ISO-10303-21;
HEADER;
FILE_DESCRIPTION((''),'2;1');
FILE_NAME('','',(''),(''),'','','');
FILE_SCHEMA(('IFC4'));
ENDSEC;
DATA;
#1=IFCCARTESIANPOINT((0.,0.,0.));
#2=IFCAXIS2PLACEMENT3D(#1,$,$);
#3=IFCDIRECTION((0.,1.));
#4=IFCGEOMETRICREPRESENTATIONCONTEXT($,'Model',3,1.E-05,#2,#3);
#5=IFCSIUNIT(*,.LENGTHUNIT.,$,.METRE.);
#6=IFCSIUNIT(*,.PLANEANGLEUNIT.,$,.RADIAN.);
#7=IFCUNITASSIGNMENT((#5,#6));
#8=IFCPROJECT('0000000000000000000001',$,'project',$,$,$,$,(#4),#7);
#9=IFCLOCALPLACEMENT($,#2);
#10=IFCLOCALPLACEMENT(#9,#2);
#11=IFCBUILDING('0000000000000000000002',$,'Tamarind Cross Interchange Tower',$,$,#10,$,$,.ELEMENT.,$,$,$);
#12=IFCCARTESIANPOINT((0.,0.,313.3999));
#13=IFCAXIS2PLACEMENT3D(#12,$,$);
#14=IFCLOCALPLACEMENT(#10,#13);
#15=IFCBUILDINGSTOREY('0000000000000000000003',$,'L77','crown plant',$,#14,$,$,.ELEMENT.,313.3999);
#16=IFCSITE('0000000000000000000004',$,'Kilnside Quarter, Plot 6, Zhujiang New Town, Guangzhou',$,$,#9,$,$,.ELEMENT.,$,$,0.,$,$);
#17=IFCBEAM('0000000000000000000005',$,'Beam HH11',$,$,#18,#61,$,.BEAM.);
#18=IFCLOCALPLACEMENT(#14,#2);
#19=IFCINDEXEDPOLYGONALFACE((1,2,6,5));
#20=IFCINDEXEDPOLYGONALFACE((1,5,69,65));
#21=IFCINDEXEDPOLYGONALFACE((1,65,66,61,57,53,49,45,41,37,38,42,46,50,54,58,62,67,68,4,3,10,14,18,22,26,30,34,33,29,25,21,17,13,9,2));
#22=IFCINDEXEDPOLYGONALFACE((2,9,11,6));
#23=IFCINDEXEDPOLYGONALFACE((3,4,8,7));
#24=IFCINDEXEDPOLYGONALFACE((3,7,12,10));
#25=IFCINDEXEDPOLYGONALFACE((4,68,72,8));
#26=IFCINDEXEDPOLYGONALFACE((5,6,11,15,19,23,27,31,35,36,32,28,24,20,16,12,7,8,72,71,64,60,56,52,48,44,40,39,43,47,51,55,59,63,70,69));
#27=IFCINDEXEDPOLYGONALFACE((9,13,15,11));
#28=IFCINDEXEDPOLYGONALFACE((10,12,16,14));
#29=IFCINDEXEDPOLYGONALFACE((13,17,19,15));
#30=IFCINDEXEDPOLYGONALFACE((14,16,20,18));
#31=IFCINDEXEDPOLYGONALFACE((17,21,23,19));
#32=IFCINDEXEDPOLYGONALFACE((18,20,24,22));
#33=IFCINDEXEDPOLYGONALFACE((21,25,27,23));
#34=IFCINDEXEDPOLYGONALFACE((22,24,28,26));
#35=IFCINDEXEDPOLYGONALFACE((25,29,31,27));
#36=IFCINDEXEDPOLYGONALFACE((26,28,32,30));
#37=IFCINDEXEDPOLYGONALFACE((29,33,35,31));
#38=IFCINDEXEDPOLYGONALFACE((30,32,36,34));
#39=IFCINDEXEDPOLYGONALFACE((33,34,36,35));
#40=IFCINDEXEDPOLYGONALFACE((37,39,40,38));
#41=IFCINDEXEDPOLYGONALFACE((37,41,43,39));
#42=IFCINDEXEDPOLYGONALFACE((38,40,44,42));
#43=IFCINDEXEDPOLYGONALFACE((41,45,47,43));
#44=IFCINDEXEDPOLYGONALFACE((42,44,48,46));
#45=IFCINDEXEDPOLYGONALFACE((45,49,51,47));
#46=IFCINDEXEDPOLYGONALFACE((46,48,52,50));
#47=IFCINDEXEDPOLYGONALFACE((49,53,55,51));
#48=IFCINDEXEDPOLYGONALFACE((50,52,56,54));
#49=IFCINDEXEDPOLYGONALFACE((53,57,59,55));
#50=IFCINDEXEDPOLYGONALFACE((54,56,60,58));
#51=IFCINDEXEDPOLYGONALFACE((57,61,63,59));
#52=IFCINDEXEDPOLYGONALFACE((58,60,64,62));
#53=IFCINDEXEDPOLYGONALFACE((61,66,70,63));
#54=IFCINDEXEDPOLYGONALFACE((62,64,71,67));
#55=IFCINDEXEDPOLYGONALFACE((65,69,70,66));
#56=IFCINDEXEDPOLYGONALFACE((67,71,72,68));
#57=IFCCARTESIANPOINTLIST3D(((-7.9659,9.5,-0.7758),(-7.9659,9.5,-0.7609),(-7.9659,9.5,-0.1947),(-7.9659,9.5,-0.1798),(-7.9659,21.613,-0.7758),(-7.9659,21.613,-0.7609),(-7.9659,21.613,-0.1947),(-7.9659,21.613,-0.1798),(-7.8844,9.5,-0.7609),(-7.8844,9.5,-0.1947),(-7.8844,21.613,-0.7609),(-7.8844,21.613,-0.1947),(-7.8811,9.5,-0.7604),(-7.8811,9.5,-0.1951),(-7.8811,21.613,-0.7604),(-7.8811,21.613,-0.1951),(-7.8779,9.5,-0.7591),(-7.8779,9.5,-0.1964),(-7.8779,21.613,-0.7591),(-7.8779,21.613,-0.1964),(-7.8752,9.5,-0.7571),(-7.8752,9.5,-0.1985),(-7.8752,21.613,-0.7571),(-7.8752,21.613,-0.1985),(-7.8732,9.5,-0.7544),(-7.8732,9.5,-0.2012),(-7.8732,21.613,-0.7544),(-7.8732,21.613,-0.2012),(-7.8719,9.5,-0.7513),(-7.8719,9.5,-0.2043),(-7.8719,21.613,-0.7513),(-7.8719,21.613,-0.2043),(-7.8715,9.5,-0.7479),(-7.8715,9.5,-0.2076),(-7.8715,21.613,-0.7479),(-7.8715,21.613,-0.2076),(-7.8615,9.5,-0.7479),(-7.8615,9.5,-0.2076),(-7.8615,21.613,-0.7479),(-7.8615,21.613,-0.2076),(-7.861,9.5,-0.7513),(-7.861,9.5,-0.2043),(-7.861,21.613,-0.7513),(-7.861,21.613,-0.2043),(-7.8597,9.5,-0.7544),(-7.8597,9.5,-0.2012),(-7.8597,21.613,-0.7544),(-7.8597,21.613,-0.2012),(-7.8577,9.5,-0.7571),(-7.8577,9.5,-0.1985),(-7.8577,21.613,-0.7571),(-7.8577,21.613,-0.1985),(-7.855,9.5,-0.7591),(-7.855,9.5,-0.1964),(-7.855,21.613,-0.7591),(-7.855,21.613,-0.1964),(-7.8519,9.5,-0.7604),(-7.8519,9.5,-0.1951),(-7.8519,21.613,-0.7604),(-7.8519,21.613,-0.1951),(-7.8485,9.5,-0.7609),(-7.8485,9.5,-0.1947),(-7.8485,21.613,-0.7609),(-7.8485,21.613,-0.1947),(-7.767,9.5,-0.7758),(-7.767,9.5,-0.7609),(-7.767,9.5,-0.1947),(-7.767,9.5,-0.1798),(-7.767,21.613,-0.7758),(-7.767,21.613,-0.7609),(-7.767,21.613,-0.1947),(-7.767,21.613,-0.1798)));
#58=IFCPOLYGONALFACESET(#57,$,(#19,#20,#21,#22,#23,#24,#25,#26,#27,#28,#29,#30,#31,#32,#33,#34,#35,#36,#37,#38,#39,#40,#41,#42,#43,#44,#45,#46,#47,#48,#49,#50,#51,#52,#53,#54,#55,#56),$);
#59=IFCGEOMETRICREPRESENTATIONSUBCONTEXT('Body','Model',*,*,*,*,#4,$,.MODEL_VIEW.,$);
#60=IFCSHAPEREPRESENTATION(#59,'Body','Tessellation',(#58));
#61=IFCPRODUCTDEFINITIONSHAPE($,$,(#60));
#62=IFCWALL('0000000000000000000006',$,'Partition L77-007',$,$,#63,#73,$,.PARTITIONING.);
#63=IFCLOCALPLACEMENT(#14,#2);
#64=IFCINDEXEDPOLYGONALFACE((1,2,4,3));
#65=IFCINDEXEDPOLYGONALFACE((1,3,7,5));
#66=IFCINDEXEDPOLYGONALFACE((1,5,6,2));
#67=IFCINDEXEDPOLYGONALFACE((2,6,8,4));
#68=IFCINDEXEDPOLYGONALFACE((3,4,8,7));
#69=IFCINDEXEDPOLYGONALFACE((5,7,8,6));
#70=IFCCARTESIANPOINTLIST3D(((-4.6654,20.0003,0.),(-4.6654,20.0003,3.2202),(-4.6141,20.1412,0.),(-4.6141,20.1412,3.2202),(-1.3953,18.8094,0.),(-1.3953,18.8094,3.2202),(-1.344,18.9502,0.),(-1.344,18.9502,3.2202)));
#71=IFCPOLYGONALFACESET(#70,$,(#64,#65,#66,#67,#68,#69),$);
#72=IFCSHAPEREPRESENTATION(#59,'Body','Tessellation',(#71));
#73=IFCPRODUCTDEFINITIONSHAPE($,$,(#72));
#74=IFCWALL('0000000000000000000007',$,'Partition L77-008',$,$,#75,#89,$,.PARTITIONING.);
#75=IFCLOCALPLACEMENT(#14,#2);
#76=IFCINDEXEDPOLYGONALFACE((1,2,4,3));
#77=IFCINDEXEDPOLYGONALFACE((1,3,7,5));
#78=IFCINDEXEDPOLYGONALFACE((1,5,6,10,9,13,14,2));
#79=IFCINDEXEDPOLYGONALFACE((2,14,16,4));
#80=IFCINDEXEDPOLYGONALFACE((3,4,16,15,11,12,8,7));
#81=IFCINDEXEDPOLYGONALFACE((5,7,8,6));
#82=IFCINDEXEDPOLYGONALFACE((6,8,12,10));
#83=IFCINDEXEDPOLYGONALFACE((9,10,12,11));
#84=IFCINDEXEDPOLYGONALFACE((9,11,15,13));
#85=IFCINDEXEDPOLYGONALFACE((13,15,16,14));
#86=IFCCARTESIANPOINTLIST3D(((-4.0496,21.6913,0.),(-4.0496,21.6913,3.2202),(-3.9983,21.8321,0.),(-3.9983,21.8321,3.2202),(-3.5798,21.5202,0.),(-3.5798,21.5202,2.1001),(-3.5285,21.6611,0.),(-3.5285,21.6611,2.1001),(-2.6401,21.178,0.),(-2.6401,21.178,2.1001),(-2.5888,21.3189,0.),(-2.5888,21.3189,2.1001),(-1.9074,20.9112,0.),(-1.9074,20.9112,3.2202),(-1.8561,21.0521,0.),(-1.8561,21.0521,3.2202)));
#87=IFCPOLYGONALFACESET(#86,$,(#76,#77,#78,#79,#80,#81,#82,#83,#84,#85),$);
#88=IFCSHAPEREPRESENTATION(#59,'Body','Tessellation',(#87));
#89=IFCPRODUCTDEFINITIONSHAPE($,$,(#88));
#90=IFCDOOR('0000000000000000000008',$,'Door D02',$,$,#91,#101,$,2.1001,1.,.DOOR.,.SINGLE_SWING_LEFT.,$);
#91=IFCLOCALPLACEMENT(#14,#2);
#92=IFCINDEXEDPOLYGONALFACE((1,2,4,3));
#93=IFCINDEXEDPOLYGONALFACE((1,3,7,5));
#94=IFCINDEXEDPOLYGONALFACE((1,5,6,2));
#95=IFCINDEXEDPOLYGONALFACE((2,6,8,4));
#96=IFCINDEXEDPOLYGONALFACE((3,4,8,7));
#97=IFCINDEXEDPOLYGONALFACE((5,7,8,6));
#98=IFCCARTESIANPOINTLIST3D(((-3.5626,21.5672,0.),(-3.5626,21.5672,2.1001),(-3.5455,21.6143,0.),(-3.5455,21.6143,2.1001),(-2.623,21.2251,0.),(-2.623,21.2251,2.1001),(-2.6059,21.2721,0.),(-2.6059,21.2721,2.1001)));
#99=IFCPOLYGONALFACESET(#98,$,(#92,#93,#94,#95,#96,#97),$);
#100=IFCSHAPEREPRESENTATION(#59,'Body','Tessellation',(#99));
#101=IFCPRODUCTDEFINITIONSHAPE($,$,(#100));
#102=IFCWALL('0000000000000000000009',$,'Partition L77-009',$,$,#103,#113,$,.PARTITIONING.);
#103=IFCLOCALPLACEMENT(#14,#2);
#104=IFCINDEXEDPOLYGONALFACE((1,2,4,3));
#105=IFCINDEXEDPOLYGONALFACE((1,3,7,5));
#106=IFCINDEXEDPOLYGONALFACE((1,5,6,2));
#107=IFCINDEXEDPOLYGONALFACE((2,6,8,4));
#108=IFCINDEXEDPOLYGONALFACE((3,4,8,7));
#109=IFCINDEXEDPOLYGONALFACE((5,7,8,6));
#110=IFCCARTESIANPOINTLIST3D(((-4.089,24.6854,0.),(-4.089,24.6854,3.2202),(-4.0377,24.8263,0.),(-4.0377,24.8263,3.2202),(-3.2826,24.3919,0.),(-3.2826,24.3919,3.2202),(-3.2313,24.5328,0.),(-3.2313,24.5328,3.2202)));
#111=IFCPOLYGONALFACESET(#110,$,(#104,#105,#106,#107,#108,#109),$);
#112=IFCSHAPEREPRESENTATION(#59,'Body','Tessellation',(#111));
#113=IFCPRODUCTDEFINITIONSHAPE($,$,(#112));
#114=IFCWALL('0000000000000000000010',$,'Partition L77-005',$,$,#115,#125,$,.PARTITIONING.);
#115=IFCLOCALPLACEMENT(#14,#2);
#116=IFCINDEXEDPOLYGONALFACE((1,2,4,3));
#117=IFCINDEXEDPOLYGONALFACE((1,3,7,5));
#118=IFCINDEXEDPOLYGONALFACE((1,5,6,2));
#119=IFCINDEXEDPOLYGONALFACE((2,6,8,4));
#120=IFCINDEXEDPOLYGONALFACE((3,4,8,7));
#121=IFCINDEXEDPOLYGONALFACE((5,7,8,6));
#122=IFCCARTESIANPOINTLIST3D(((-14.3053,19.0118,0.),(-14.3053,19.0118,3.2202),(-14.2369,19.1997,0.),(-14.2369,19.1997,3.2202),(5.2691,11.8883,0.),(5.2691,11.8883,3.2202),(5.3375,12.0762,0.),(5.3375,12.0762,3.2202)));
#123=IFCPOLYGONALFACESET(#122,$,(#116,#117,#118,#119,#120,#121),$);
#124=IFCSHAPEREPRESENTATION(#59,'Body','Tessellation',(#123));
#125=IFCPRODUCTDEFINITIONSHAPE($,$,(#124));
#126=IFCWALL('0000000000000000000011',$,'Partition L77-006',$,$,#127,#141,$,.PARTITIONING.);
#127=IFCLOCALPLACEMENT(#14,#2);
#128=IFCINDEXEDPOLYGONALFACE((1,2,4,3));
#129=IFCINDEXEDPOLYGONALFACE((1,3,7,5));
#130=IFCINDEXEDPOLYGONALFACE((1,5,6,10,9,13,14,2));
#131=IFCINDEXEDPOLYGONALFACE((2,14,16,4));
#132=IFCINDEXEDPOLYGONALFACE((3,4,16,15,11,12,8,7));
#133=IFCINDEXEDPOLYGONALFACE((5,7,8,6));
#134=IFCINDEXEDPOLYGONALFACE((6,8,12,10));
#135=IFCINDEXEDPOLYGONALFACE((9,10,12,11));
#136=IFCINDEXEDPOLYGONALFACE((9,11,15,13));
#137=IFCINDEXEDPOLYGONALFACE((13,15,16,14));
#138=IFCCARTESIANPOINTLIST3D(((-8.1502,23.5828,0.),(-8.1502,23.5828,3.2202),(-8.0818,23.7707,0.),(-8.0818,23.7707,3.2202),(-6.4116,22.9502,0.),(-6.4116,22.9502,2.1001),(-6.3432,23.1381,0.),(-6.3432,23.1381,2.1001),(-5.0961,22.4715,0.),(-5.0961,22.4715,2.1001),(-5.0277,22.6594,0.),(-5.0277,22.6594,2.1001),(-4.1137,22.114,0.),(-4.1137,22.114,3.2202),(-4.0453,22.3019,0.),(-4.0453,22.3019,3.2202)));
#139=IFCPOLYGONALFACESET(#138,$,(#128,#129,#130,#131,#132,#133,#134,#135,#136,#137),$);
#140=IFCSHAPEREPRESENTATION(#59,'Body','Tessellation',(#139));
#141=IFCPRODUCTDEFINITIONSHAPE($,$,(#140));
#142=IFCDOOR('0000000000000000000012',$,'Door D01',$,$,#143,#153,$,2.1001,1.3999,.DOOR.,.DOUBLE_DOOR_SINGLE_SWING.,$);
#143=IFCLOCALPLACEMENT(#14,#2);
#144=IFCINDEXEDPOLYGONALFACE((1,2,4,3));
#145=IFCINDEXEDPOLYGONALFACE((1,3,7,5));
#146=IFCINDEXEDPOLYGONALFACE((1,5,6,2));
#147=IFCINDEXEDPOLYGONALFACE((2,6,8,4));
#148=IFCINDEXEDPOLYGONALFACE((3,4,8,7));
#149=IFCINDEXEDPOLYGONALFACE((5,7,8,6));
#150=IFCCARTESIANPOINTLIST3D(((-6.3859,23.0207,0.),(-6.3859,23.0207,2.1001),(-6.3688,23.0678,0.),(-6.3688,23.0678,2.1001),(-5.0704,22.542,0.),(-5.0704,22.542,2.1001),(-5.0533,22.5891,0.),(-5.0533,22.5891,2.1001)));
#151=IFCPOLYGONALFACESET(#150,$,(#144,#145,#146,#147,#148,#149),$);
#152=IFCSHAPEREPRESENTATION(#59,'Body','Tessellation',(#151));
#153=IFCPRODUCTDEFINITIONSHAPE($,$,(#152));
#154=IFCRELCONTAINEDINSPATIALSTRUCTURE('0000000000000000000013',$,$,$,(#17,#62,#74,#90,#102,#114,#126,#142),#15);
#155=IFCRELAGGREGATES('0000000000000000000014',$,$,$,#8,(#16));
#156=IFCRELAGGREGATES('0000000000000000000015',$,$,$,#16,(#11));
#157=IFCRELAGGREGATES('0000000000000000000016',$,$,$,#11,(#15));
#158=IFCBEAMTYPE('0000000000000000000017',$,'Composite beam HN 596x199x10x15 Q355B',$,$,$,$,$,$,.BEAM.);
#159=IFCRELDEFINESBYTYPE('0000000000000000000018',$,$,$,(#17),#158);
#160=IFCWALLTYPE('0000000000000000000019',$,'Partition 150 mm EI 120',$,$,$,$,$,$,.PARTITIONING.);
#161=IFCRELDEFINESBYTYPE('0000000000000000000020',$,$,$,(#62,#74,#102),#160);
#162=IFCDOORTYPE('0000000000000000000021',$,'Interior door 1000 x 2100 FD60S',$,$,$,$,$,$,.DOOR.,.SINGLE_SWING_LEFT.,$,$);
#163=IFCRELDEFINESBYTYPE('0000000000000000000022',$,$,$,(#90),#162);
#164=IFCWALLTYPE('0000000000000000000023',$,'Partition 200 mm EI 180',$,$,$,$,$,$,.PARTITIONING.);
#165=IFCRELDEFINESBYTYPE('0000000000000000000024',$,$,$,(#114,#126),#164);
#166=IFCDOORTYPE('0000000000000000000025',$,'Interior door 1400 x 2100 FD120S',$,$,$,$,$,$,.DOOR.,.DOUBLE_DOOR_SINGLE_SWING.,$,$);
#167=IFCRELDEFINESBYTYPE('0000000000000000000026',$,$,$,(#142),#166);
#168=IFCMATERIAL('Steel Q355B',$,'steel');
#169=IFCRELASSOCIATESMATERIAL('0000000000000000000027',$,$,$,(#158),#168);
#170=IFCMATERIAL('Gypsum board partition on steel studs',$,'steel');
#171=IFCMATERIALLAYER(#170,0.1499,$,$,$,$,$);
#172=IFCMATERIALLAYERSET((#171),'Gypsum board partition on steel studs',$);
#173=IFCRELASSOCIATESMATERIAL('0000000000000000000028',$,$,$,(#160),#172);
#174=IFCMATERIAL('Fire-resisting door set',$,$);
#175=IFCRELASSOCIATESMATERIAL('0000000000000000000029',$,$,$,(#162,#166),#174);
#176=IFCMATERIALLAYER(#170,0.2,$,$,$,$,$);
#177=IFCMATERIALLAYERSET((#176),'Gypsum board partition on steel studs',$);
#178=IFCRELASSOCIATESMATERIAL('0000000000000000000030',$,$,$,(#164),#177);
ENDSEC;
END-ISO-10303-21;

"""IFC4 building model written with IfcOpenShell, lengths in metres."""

from ifc_helpers import new_model, si_unit, direction, frame, frame_2d, origin, origin_2d, place, context, subcontext, project, spatial, rectangle, i_section, extrude, material, layer, layer_set, material_profile, profile_set, type_object, element, fill, save


model = new_model("IFC4")

# Units and contexts
model_context = context("Model", 3, precision=1e-05, world=origin(), true_north=direction((0.0, 1.0)))
body_context = subcontext(model_context, "Body", "Model", "MODEL_VIEW")
ifc_project = project(units=[si_unit("LENGTHUNIT", "METRE"), si_unit("PLANEANGLEUNIT", "RADIAN")], contexts=[model_context])

# Site, building, storey
site_placement = place(None, origin())
site = spatial("IfcSite", under=ifc_project, at=site_placement, Name="Kilnside Quarter, Plot 6, Zhujiang New Town, Guangzhou", CompositionType="ELEMENT", RefElevation=0.0)
building_placement = place(site_placement, origin())
building = spatial("IfcBuilding", under=site, at=building_placement, Name="Tamarind Cross Interchange Tower", CompositionType="ELEMENT")
storey_placement = place(building_placement, frame((0.0, 0.0, 313.3999)))
storey = spatial("IfcBuildingStorey", under=building, at=storey_placement, Name="L77", Description="crown plant", CompositionType="ELEMENT", Elevation=313.3999)

# Beam
ifc_material_1 = material(Name="Steel Q355B", Category="steel")
ifc_material_profile_1 = material_profile(ifc_material_1, i_section(OverallWidth=0.199, OverallDepth=0.5959, WebThickness=0.01, FlangeThickness=0.0149, FilletRadius=0.0129, at=origin_2d()), Name="HN 596x199x10x15")
ifc_profile_set_1 = profile_set([ifc_material_profile_1], Name="Steel Q355B")
beam_type = type_object("IfcBeamType", Name="Composite beam HN 596x199x10x15 Q355B", PredefinedType="BEAM", material=ifc_profile_set_1)
beam_1_placement = place(storey_placement, frame((-7.8665, 21.613, -0.4778), z_axis=(0.0, -1.0, 0.0), x_axis=(1.0, 0.0, 0.0)))
element("IfcBeam", 1, at=beam_1_placement, inside=storey, type_object=beam_type, Name="Beam HH11", PredefinedType="BEAM", context=body_context, shape_type="SweptSolid", body=[
    extrude(i_section(OverallWidth=0.199, OverallDepth=0.5959, WebThickness=0.01, FlangeThickness=0.0149, FilletRadius=0.0129, at=origin_2d()), origin(), (0.0, 0.0, 1.0), 12.113),
])

# Wall
ifc_material_2 = material(Name="Gypsum board partition on steel studs", Category="steel")
ifc_layer_1 = layer(ifc_material_2, 0.1499)
ifc_layer_set_1 = layer_set([ifc_layer_1], Name="Gypsum board partition on steel studs")
wall_type_1 = type_object("IfcWallType", Name="Partition 150 mm EI 120", PredefinedType="PARTITIONING", material=ifc_layer_set_1)
wall_1_placement = place(storey_placement, frame((-4.6399, 20.0708, 0.0), z_axis=(0.0, 0.0, 1.0), x_axis=(0.939625, -0.342205, 0.0)))
element("IfcWall", 2, at=wall_1_placement, inside=storey, type_object=wall_type_1, Name="Partition L77-007", PredefinedType="PARTITIONING", context=body_context, shape_type="SweptSolid", body=[
    extrude(rectangle(XDim=3.4802, YDim=0.1499, at=frame_2d((1.7402, 0.0))), origin(), (0.0, 0.0, 1.0), 3.2202),
])

# Wall, opening, door
wall_2_placement = place(storey_placement, frame((-4.0239, 21.7617, 0.0), z_axis=(0.0, 0.0, 1.0), x_axis=(0.93964, -0.342164, 0.0)))
wall_2 = element("IfcWall", 3, at=wall_2_placement, inside=storey, type_object=wall_type_1, Name="Partition L77-008", PredefinedType="PARTITIONING", context=body_context, shape_type="SweptSolid", body=[
    extrude(rectangle(XDim=2.2798, YDim=0.1499, at=frame_2d((1.1399, 0.0))), origin(), (0.0, 0.0, 1.0), 3.2202),
])
opening_1_placement = place(wall_2_placement, frame((0.5, 0.0, 0.0)))
opening_1 = element("IfcOpeningElement", 4, at=opening_1_placement, cuts=wall_2, PredefinedType="OPENING", context=body_context, shape_type="SweptSolid", body=[
    extrude(rectangle(XDim=1.0, YDim=2.1001, at=frame_2d((0.5, 1.05))), frame((0.0, 0.085, 0.0), z_axis=(0.0, -1.0, 0.0), x_axis=(1.0, 0.0, 0.0)), (0.0, 0.0, 1.0), 0.1699),
])
ifc_material_3 = material(Name="Fire-resisting door set")
door_type_1 = type_object("IfcDoorType", Name="Interior door 1000 x 2100 FD60S", OperationType="SINGLE_SWING_LEFT", PredefinedType="DOOR", material=ifc_material_3)
door_1_placement = place(opening_1_placement, frame((1.0, 0.0, 0.0), z_axis=(0.0, 0.0, 1.0), x_axis=(-1.0, 0.0, 0.0)))
door_1 = element("IfcDoor", 5, at=door_1_placement, inside=storey, type_object=door_type_1, Name="Door D02", OperationType="SINGLE_SWING_LEFT", OverallHeight=2.1001, OverallWidth=1.0, PredefinedType="DOOR", context=body_context, shape_type="SweptSolid", body=[
    extrude(rectangle(XDim=1.0, YDim=2.1001, at=frame_2d((0.5, 1.05))), frame((0.0, 0.0249, 0.0), z_axis=(0.0, -1.0, 0.0), x_axis=(1.0, 0.0, 0.0)), (0.0, 0.0, 1.0), 0.05),
])
fill(opening_1, door_1)

# Walls
wall_3_placement = place(storey_placement, frame((-4.0635, 24.7559, 0.0), z_axis=(0.0, 0.0, 1.0), x_axis=(0.93971, -0.341971, 0.0)))
element("IfcWall", 6, at=wall_3_placement, inside=storey, type_object=wall_type_1, Name="Partition L77-009", PredefinedType="PARTITIONING", context=body_context, shape_type="SweptSolid", body=[
    extrude(rectangle(XDim=0.8582, YDim=0.1499, at=frame_2d((0.4292, 0.0))), origin(), (0.0, 0.0, 1.0), 3.2202),
])
ifc_layer_2 = layer(ifc_material_2, 0.2)
ifc_layer_set_2 = layer_set([ifc_layer_2], Name="Gypsum board partition on steel studs")
wall_type_2 = type_object("IfcWallType", Name="Partition 200 mm EI 180", PredefinedType="PARTITIONING", material=ifc_layer_set_2)
wall_4_placement = place(storey_placement, frame((-14.271, 19.1057, 0.0), z_axis=(0.0, 0.0, 1.0), x_axis=(0.939708, -0.341978, 0.0)))
element("IfcWall", 7, at=wall_4_placement, inside=storey, type_object=wall_type_2, Name="Partition L77-005", PredefinedType="PARTITIONING", context=body_context, shape_type="SweptSolid", body=[
    extrude(rectangle(XDim=20.8303, YDim=0.2, at=frame_2d((10.415, 0.0))), origin(), (0.0, 0.0, 1.0), 3.2202),
])

# Wall, opening, door
wall_5_placement = place(storey_placement, frame((-8.116, 23.6768, 0.0), z_axis=(0.0, 0.0, 1.0), x_axis=(0.93972, -0.341944, 0.0)))
wall_5 = element("IfcWall", 8, at=wall_5_placement, inside=storey, type_object=wall_type_2, Name="Partition L77-006", PredefinedType="PARTITIONING", context=body_context, shape_type="SweptSolid", body=[
    extrude(rectangle(XDim=4.2954, YDim=0.2, at=frame_2d((2.1477, 0.0))), origin(), (0.0, 0.0, 1.0), 3.2202),
])
opening_2_placement = place(wall_5_placement, frame((1.8501, 0.0, 0.0)))
opening_2 = element("IfcOpeningElement", 9, at=opening_2_placement, cuts=wall_5, PredefinedType="OPENING", context=body_context, shape_type="SweptSolid", body=[
    extrude(rectangle(XDim=1.3999, YDim=2.1001, at=frame_2d((0.7, 1.05))), frame((0.0, 0.1099, 0.0), z_axis=(0.0, -1.0, 0.0), x_axis=(1.0, 0.0, 0.0)), (0.0, 0.0, 1.0), 0.22),
])
door_type_2 = type_object("IfcDoorType", Name="Interior door 1400 x 2100 FD120S", OperationType="DOUBLE_DOOR_SINGLE_SWING", PredefinedType="DOOR", material=ifc_material_3)
door_2_placement = place(opening_2_placement, frame((1.3999, 0.0, 0.0), z_axis=(0.0, 0.0, 1.0), x_axis=(-1.0, 0.0, 0.0)))
door_2 = element("IfcDoor", 10, at=door_2_placement, inside=storey, type_object=door_type_2, Name="Door D01", OperationType="DOUBLE_DOOR_SINGLE_SWING", OverallHeight=2.1001, OverallWidth=1.3999, PredefinedType="DOOR", context=body_context, shape_type="SweptSolid", body=[
    extrude(rectangle(XDim=1.3999, YDim=2.1001, at=frame_2d((0.7, 1.05))), frame((0.0, 0.0249, 0.0), z_axis=(0.0, -1.0, 0.0), x_axis=(1.0, 0.0, 0.0)), (0.0, 0.0, 1.0), 0.05),
])
fill(opening_2, door_2)

save(model, "model.ifc")
